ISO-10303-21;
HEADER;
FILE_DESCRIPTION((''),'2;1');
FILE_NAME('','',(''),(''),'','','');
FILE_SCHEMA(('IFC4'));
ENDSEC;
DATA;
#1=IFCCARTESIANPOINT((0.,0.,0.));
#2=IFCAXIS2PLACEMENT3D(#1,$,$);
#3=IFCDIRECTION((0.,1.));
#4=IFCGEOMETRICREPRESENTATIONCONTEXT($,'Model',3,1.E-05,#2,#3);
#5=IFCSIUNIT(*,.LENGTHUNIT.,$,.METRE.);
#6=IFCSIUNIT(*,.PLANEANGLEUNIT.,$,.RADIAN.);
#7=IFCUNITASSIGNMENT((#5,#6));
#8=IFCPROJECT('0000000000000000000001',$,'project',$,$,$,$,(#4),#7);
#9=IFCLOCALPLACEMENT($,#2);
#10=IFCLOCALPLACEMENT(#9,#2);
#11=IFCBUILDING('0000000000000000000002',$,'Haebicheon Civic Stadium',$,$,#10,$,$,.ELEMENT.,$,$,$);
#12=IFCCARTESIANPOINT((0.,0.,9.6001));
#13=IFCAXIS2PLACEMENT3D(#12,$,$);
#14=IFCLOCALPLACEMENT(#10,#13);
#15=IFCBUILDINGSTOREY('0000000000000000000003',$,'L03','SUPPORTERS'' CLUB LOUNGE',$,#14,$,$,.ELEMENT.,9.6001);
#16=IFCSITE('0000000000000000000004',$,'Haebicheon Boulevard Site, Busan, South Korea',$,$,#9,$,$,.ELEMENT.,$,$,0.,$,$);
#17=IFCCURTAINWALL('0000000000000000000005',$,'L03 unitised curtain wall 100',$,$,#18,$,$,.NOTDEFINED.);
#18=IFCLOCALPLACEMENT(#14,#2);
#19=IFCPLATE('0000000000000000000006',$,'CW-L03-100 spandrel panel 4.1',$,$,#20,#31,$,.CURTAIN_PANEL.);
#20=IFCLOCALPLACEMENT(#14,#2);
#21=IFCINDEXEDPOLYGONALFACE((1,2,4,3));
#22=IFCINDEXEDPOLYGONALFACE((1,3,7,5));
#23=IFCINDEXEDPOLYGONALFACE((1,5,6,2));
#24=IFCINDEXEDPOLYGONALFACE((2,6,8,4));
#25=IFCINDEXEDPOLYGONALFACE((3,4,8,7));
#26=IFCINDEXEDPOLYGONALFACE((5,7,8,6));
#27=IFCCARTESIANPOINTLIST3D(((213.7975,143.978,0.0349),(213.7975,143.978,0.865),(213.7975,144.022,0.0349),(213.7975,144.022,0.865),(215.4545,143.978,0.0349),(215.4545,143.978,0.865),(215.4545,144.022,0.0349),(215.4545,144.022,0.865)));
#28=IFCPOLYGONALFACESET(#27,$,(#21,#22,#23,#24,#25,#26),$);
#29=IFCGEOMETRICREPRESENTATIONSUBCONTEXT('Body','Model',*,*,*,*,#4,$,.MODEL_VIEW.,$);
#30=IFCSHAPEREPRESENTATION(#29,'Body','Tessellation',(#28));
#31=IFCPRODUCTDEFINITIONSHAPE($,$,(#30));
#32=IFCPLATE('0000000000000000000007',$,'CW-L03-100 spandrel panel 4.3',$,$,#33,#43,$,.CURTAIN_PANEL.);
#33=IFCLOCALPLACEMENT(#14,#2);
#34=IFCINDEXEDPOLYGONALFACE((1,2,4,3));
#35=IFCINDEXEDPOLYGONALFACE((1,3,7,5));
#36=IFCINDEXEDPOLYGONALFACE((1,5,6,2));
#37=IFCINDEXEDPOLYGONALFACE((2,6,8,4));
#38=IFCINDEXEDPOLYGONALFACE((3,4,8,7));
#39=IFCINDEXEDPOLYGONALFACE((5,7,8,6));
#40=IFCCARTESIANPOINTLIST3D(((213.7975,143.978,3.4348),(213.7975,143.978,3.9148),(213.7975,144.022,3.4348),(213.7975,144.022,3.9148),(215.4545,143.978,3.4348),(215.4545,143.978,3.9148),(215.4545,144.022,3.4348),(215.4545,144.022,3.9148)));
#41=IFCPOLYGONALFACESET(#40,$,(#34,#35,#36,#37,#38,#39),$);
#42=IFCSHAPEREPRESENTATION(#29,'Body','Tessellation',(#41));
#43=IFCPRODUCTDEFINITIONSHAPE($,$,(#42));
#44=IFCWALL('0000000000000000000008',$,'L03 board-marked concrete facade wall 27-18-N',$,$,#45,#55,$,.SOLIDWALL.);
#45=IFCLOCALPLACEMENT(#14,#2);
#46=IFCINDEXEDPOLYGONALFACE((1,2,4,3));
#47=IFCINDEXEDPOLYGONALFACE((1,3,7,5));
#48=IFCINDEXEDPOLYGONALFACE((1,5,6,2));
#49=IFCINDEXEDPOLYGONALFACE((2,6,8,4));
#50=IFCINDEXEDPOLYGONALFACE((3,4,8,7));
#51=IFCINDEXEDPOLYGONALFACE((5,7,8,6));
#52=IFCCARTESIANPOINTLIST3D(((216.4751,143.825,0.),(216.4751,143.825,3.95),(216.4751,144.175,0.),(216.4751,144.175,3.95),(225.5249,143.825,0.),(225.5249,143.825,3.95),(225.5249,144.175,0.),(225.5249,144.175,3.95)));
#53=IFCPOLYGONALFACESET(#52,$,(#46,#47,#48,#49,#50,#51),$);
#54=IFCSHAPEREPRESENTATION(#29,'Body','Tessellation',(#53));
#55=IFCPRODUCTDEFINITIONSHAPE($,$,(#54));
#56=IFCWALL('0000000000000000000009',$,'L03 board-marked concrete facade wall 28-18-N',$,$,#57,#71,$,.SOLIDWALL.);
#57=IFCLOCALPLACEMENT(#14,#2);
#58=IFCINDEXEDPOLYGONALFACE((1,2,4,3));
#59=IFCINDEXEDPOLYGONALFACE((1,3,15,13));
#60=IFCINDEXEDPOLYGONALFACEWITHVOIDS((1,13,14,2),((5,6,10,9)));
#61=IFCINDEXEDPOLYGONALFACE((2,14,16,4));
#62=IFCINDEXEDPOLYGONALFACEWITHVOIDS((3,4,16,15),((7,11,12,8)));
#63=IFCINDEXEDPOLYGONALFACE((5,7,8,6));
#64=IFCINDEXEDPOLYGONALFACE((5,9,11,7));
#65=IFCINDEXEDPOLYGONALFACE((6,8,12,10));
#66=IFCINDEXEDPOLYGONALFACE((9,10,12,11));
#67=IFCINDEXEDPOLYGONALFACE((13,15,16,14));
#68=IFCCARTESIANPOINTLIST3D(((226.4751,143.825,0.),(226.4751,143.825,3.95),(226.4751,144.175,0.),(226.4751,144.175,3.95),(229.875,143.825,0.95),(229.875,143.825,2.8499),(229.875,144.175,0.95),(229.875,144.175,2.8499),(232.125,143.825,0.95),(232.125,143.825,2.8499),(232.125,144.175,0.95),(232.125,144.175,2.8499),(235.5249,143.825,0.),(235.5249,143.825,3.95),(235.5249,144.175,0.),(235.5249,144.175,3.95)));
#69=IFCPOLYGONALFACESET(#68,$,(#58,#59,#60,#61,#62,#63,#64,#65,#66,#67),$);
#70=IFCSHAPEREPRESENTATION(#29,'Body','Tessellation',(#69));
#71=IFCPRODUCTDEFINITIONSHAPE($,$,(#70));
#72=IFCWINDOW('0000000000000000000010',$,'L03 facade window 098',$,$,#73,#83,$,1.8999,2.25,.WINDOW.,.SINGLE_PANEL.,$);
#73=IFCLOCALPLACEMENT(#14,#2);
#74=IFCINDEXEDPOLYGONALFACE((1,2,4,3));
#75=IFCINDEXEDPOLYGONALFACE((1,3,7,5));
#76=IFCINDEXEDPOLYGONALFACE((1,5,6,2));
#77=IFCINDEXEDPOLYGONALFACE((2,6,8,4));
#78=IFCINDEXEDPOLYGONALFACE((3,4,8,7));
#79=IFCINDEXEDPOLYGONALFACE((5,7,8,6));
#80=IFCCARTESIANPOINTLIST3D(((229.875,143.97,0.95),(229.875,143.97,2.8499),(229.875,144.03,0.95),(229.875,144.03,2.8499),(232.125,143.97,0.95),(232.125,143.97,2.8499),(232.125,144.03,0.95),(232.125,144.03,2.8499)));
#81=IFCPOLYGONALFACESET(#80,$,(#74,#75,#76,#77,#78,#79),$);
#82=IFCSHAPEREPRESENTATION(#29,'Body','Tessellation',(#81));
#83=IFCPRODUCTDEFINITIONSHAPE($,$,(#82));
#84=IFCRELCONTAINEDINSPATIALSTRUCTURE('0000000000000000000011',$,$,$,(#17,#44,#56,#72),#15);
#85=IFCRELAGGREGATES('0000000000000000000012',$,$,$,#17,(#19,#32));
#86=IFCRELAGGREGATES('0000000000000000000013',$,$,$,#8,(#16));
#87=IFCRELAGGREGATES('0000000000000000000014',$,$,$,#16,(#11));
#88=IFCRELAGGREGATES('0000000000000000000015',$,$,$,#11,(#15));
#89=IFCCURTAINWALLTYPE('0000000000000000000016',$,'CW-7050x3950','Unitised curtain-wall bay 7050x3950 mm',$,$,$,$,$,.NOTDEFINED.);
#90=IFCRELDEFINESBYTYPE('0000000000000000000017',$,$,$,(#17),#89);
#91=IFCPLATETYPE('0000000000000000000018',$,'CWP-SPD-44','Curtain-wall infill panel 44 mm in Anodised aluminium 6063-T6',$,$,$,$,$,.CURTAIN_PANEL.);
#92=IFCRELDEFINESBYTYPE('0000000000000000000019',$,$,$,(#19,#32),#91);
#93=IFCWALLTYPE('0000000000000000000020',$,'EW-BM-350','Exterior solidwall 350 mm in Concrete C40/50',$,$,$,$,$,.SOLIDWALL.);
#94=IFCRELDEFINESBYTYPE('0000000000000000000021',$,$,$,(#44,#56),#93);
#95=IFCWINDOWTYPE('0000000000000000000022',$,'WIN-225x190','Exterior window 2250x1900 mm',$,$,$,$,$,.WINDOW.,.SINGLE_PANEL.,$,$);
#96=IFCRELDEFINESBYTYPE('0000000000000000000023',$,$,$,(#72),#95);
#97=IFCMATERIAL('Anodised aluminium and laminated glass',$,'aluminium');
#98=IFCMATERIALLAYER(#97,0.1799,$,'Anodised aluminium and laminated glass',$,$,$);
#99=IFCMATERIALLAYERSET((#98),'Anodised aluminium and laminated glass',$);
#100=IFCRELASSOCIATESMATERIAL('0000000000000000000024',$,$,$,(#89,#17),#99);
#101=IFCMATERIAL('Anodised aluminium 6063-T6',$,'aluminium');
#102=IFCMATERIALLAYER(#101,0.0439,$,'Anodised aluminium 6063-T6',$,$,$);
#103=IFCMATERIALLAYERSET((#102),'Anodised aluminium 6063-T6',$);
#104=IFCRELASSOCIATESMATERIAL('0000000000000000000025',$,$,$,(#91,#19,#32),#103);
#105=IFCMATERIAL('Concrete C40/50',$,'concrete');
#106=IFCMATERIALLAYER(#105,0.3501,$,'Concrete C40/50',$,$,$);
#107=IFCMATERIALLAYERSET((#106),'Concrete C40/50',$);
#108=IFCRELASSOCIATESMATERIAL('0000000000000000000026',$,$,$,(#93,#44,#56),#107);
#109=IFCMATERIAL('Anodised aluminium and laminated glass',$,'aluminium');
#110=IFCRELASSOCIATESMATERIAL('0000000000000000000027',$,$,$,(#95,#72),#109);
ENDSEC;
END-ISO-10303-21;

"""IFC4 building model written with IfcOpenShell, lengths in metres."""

from ifc_helpers import new_model, si_unit, direction, frame, frame_2d, origin, origin_2d, place, context, subcontext, project, spatial, rectangle, extrude, material, layer, layer_set, type_object, element, fill, aggregate, save


model = new_model("IFC4")

# Units and contexts
model_context = context("Model", 3, precision=1e-05, world=origin(), true_north=direction((0.0, 1.0)))
body_context = subcontext(model_context, "Body", "Model", "MODEL_VIEW")
ifc_project = project(units=[si_unit("LENGTHUNIT", "METRE"), si_unit("PLANEANGLEUNIT", "RADIAN")], contexts=[model_context])

# Site, building, storey
site_placement = place(None, origin())
site = spatial("IfcSite", under=ifc_project, at=site_placement, Name="Haebicheon Boulevard Site, Busan, South Korea", CompositionType="ELEMENT", RefElevation=0.0)
building_placement = place(site_placement, origin())
building = spatial("IfcBuilding", under=site, at=building_placement, Name="Haebicheon Civic Stadium", CompositionType="ELEMENT")
storey_placement = place(building_placement, frame((0.0, 0.0, 9.6001)))
storey = spatial("IfcBuildingStorey", under=building, at=storey_placement, Name="L03", Description="SUPPORTERS' CLUB LOUNGE", CompositionType="ELEMENT", Elevation=9.6001)

# Curtain wall
ifc_material_1 = material(Name="Anodised aluminium and laminated glass", Category="aluminium")
ifc_layer_1 = layer(ifc_material_1, 0.1799, Name="Anodised aluminium and laminated glass")
ifc_layer_set_1 = layer_set([ifc_layer_1], Name="Anodised aluminium and laminated glass")
curtain_wall_type_1 = type_object("IfcCurtainWallType", Name="CW-7050x3950", Description="Unitised curtain-wall bay 7050x3950 mm", PredefinedType="NOTDEFINED", material=ifc_layer_set_1)
curtain_wall_1_placement = place(storey_placement, origin())
curtain_wall_1 = element("IfcCurtainWall", 1, at=curtain_wall_1_placement, inside=storey, type_object=curtain_wall_type_1, material=ifc_layer_set_1, Name="L03 unitised curtain wall 100", PredefinedType="NOTDEFINED")

# Plates
ifc_material_2 = material(Name="Anodised aluminium 6063-T6", Category="aluminium")
ifc_layer_2 = layer(ifc_material_2, 0.0439, Name="Anodised aluminium 6063-T6")
ifc_layer_set_2 = layer_set([ifc_layer_2], Name="Anodised aluminium 6063-T6")
plate_type_1 = type_object("IfcPlateType", Name="CWP-SPD-44", Description="Curtain-wall infill panel 44 mm in Anodised aluminium 6063-T6", PredefinedType="CURTAIN_PANEL", material=ifc_layer_set_2)
plate_1_placement = place(storey_placement, frame((214.626, 144.0, 0.0349), z_axis=(0.0, 0.0, 1.0), x_axis=(1.0, 0.0, 0.0)))
plate_1 = element("IfcPlate", 2, at=plate_1_placement, type_object=plate_type_1, material=ifc_layer_set_2, Name="CW-L03-100 spandrel panel 4.1", PredefinedType="CURTAIN_PANEL", context=body_context, shape_type="SweptSolid", body=[
    extrude(rectangle(XDim=1.657, YDim=0.0439, at=origin_2d()), origin(), (0.0, 0.0, 1.0), 0.8301),
])
plate_2_placement = place(storey_placement, frame((214.626, 144.0, 3.4348), z_axis=(0.0, 0.0, 1.0), x_axis=(1.0, 0.0, 0.0)))
plate_2 = element("IfcPlate", 3, at=plate_2_placement, type_object=plate_type_1, material=ifc_layer_set_2, Name="CW-L03-100 spandrel panel 4.3", PredefinedType="CURTAIN_PANEL", context=body_context, shape_type="SweptSolid", body=[
    extrude(rectangle(XDim=1.657, YDim=0.0439, at=origin_2d()), origin(), (0.0, 0.0, 1.0), 0.48),
])
aggregate(curtain_wall_1, [plate_1, plate_2])

# Wall
ifc_material_3 = material(Name="Concrete C40/50", Category="concrete")
ifc_layer_3 = layer(ifc_material_3, 0.3501, Name="Concrete C40/50")
ifc_layer_set_3 = layer_set([ifc_layer_3], Name="Concrete C40/50")
wall_type = type_object("IfcWallType", Name="EW-BM-350", Description="Exterior solidwall 350 mm in Concrete C40/50", PredefinedType="SOLIDWALL", material=ifc_layer_set_3)
wall_1_placement = place(storey_placement, frame((216.4751, 144.0, 0.0), z_axis=(0.0, 0.0, 1.0), x_axis=(1.0, 0.0, 0.0)))
element("IfcWall", 4, at=wall_1_placement, inside=storey, type_object=wall_type, material=ifc_layer_set_3, Name="L03 board-marked concrete facade wall 27-18-N", PredefinedType="SOLIDWALL", context=body_context, shape_type="SweptSolid", body=[
    extrude(rectangle(XDim=9.0498, YDim=0.3501, at=frame_2d((4.5249, 0.0))), origin(), (0.0, 0.0, 1.0), 3.95),
])

# Wall, opening, window
wall_2_placement = place(storey_placement, frame((226.4751, 144.0, 0.0), z_axis=(0.0, 0.0, 1.0), x_axis=(1.0, 0.0, 0.0)))
wall_2 = element("IfcWall", 5, at=wall_2_placement, inside=storey, type_object=wall_type, material=ifc_layer_set_3, Name="L03 board-marked concrete facade wall 28-18-N", PredefinedType="SOLIDWALL", context=body_context, shape_type="SweptSolid", body=[
    extrude(rectangle(XDim=9.0498, YDim=0.3501, at=frame_2d((4.5249, 0.0))), origin(), (0.0, 0.0, 1.0), 3.95),
])
opening_placement = place(wall_2_placement, frame((3.3999, 0.0, 0.95)))
opening = element("IfcOpeningElement", 6, at=opening_placement, cuts=wall_2, PredefinedType="OPENING", context=body_context, shape_type="SweptSolid", body=[
    extrude(rectangle(XDim=2.25, YDim=1.8999, at=frame_2d((1.125, 0.95))), frame((0.0, 0.1851, 0.0), z_axis=(0.0, -1.0, 0.0), x_axis=(1.0, 0.0, 0.0)), (0.0, 0.0, 1.0), 0.3701),
])
ifc_material_4 = material(Name="Anodised aluminium and laminated glass", Category="aluminium")
window_type = type_object("IfcWindowType", Name="WIN-225x190", Description="Exterior window 2250x1900 mm", PartitioningType="SINGLE_PANEL", PredefinedType="WINDOW", material=ifc_material_4)
window_placement = place(opening_placement, origin())
window = element("IfcWindow", 7, at=window_placement, inside=storey, type_object=window_type, material=ifc_material_4, Name="L03 facade window 098", OverallHeight=1.8999, OverallWidth=2.25, PartitioningType="SINGLE_PANEL", PredefinedType="WINDOW", context=body_context, shape_type="SweptSolid", body=[
    extrude(rectangle(XDim=2.25, YDim=1.8999, at=frame_2d((1.125, 0.95))), frame((0.0, 0.03, 0.0), z_axis=(0.0, -1.0, 0.0), x_axis=(1.0, 0.0, 0.0)), (0.0, 0.0, 1.0), 0.0601),
])
fill(opening, window)

save(model, "model.ifc")
